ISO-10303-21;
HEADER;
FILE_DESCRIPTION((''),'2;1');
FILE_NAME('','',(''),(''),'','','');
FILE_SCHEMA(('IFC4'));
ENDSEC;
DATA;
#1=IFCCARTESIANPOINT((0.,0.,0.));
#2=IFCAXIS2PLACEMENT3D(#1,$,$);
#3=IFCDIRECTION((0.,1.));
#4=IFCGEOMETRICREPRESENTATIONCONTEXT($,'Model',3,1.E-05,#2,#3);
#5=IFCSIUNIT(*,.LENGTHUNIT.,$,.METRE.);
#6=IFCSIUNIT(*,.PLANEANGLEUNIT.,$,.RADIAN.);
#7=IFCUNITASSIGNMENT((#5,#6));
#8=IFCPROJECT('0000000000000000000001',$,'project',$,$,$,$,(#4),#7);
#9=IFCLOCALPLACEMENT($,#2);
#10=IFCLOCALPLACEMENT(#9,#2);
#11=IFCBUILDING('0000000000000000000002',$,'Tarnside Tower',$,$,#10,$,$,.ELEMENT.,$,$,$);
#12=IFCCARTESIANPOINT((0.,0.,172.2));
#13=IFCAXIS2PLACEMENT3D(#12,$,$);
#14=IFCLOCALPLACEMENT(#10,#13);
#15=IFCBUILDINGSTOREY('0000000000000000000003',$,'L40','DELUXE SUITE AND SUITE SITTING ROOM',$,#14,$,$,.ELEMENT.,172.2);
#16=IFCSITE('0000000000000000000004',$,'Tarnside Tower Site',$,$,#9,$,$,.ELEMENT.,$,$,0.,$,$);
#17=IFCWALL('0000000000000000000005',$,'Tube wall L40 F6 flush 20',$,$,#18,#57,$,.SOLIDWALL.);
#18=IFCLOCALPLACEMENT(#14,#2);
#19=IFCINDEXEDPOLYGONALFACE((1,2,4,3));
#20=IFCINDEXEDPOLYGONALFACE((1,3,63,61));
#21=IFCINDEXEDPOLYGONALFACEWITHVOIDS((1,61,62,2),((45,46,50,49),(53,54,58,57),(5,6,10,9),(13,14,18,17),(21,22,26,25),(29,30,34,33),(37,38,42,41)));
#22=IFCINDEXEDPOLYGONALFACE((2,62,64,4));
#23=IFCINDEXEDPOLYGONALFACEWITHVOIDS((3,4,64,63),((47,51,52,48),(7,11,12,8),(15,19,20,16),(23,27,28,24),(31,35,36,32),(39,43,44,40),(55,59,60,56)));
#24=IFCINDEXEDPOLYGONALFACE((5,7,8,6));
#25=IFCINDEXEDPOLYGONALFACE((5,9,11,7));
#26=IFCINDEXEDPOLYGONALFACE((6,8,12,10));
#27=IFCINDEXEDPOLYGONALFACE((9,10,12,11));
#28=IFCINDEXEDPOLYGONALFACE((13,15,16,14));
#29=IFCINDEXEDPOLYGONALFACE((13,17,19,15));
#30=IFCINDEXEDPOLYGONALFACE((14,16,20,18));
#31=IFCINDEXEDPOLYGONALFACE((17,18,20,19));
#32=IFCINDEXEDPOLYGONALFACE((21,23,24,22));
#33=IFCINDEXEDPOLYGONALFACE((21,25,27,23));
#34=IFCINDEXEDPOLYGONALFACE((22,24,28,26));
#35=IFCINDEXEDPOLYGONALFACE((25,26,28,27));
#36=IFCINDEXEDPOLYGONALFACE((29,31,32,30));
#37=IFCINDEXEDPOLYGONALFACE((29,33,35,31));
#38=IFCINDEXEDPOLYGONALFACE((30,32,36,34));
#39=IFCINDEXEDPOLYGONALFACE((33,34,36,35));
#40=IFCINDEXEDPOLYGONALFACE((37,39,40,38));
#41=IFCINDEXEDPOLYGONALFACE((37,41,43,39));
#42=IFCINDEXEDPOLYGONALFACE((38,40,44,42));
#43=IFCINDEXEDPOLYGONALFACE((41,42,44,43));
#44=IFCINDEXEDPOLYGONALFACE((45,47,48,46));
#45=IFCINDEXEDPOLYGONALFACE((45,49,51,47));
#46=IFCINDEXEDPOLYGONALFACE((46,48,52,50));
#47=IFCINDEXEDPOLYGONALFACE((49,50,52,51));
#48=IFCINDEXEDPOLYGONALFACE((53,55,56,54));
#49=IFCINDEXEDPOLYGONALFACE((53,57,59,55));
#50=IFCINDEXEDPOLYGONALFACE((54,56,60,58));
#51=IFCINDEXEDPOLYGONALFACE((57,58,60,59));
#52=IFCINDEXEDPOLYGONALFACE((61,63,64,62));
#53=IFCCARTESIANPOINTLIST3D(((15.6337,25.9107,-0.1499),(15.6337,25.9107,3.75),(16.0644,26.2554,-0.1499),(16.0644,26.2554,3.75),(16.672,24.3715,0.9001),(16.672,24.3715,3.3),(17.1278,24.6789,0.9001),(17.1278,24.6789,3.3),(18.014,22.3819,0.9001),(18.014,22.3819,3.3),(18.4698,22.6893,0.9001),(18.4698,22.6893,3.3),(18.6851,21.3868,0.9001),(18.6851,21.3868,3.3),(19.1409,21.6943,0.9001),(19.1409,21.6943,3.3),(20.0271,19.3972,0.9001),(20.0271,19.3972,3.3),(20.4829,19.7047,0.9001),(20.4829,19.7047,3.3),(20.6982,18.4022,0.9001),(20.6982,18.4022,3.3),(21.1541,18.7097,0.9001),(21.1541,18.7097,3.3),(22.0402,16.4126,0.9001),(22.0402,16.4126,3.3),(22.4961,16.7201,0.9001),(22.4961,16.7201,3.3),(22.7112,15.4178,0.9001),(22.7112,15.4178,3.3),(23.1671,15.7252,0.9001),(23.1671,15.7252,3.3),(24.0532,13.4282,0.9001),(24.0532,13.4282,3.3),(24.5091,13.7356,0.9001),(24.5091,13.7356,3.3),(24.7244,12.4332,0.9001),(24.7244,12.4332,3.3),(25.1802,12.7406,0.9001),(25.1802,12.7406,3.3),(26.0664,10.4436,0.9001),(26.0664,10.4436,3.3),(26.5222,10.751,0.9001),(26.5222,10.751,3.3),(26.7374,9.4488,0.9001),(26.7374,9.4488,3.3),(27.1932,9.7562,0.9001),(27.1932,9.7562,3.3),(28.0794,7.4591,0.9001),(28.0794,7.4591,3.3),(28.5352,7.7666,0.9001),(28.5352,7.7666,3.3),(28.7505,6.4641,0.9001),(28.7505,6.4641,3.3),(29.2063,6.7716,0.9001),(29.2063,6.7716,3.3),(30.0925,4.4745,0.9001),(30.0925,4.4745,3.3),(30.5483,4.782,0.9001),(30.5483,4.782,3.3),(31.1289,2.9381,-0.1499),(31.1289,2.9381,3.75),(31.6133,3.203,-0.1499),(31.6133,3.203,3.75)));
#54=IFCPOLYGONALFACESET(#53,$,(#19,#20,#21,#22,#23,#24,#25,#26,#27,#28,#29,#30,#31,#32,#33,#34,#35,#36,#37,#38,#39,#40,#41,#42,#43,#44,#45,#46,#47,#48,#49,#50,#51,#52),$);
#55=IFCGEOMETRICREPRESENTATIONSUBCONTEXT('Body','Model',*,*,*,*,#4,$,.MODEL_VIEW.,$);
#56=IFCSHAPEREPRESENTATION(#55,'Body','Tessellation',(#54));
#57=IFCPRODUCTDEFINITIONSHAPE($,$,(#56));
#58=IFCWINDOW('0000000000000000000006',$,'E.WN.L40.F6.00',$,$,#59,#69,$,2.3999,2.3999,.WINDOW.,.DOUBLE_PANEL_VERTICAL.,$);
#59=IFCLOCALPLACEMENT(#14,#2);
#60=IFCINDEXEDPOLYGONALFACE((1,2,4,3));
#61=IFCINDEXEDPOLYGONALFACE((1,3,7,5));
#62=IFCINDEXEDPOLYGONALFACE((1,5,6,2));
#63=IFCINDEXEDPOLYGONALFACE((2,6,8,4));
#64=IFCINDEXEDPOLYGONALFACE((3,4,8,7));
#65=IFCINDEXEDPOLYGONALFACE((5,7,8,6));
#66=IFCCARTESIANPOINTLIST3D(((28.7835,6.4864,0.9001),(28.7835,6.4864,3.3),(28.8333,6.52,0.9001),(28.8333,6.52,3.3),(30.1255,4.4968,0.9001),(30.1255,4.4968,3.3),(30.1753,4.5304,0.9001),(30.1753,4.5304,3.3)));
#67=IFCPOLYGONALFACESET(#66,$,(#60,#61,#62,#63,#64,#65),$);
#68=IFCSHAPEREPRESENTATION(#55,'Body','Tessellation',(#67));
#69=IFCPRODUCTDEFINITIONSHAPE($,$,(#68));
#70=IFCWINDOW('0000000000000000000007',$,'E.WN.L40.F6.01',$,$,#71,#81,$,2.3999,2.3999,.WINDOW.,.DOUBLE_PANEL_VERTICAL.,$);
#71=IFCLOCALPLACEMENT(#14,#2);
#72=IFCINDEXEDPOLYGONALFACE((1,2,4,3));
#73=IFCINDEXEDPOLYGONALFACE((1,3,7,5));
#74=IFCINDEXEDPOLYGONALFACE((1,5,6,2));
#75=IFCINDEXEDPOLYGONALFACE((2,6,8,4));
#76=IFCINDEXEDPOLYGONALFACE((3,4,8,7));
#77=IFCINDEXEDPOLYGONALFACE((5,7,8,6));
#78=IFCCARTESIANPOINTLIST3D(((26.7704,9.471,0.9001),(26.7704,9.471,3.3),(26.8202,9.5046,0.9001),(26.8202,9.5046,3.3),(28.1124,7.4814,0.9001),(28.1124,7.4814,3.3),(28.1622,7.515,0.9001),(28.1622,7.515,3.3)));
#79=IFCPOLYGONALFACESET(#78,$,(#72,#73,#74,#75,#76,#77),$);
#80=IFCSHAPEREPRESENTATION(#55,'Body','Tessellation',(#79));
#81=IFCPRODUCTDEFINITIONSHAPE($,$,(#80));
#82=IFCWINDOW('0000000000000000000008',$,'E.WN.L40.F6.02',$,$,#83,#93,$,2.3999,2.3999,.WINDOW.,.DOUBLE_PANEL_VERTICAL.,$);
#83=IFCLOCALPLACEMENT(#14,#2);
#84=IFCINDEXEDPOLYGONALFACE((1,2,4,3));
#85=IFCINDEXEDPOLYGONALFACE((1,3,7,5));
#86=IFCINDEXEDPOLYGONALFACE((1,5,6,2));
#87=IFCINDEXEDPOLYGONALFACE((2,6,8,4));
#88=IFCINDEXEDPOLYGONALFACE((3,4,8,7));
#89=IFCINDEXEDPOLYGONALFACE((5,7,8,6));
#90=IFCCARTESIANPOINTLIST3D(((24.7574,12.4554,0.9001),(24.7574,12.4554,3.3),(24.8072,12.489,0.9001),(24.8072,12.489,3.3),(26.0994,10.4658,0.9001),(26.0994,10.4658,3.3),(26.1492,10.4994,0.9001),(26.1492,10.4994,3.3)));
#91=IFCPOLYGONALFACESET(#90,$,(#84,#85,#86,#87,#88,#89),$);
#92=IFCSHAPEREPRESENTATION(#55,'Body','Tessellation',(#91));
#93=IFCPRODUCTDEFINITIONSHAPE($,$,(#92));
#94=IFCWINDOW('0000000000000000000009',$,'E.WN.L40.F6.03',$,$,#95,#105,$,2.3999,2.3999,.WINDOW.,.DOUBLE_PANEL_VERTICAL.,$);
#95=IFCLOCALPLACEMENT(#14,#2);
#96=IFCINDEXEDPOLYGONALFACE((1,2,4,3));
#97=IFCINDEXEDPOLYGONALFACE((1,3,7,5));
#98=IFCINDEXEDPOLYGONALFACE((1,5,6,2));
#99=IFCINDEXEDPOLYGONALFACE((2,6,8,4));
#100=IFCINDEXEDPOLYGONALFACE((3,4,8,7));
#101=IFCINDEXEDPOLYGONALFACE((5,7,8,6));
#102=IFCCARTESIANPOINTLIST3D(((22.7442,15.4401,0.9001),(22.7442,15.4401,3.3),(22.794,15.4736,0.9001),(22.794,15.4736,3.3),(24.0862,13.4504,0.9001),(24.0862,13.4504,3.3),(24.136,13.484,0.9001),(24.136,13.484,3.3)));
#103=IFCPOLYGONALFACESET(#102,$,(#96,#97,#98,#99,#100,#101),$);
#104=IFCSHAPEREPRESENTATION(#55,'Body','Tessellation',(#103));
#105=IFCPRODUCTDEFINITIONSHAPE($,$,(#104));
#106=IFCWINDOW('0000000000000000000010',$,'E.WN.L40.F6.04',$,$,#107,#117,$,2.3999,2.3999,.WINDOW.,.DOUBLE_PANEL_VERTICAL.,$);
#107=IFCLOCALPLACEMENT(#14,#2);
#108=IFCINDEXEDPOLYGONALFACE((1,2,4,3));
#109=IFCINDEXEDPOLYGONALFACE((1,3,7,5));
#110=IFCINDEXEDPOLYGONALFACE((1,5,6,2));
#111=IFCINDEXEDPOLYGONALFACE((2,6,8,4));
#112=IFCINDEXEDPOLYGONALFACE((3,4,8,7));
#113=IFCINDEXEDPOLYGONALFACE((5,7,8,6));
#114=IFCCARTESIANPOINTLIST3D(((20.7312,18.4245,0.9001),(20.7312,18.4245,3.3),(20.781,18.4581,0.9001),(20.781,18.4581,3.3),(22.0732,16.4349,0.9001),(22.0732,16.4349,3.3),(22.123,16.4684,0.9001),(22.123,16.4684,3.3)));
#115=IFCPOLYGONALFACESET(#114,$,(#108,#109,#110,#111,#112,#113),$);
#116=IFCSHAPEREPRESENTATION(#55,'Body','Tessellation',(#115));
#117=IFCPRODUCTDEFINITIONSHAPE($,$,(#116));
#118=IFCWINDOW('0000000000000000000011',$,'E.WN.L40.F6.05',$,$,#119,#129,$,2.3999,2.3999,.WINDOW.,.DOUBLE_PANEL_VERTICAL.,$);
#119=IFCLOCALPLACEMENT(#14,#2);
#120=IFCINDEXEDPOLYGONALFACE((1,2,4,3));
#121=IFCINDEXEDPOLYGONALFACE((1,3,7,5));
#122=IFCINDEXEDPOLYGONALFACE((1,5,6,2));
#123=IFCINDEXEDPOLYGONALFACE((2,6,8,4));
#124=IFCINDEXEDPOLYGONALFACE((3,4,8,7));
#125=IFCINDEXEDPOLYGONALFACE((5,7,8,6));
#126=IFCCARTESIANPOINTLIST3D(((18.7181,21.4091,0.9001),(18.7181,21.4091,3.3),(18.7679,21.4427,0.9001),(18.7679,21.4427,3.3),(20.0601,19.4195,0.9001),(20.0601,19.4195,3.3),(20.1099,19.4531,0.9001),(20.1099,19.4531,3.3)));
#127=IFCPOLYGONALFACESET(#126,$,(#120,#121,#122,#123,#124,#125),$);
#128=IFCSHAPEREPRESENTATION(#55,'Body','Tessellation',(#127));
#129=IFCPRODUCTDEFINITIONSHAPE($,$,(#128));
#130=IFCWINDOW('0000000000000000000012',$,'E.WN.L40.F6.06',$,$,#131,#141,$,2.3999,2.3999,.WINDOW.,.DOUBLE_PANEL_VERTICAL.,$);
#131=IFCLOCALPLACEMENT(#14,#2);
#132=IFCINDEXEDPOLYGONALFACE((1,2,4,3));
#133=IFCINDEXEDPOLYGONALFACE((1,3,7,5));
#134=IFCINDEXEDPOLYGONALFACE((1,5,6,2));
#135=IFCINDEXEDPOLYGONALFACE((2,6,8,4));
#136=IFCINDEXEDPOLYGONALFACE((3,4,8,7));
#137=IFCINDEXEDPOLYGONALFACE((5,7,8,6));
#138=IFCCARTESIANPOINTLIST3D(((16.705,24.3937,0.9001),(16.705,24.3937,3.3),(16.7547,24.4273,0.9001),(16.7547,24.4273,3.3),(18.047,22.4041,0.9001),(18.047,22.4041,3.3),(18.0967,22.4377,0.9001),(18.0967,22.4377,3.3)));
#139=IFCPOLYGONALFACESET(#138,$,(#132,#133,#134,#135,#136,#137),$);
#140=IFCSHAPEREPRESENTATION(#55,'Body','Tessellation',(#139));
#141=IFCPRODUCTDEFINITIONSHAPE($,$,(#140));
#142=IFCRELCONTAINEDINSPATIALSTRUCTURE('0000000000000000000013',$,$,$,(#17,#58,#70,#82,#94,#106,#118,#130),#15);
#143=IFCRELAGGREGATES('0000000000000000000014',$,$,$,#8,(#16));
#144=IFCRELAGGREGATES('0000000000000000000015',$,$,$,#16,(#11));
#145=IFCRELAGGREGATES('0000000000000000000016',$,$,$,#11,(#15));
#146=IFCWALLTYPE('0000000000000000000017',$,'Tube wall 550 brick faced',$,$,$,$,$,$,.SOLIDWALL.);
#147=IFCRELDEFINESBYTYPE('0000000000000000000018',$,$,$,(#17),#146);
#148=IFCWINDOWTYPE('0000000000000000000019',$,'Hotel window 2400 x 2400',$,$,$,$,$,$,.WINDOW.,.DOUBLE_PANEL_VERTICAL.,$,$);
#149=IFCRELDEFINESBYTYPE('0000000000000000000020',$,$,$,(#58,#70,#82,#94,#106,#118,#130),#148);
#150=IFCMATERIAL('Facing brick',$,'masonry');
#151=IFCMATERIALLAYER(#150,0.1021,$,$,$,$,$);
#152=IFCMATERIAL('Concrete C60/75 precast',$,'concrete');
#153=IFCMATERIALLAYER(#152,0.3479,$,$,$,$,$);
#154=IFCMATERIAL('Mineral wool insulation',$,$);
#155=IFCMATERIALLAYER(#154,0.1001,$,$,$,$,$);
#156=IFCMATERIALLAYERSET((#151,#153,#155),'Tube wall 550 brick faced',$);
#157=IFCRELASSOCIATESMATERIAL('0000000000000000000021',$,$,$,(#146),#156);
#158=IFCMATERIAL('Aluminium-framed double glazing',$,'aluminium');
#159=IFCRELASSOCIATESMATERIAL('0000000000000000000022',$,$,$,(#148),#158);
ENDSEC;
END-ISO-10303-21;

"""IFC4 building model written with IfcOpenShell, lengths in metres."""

from ifc_helpers import new_model, si_unit, direction, frame, frame_2d, origin, place, context, subcontext, project, spatial, polyline, rectangle, outline, extrude, material, layer, layer_set, type_object, element, fill, save


model = new_model("IFC4")

# Units and contexts
model_context = context("Model", 3, precision=1e-05, world=origin(), true_north=direction((0.0, 1.0)))
body_context = subcontext(model_context, "Body", "Model", "MODEL_VIEW")
ifc_project = project(units=[si_unit("LENGTHUNIT", "METRE"), si_unit("PLANEANGLEUNIT", "RADIAN")], contexts=[model_context])

# Site, building, storey
site_placement = place(None, origin())
site = spatial("IfcSite", under=ifc_project, at=site_placement, Name="Tarnside Tower Site", CompositionType="ELEMENT", RefElevation=0.0)
building_placement = place(site_placement, origin())
building = spatial("IfcBuilding", under=site, at=building_placement, Name="Tarnside Tower", CompositionType="ELEMENT")
storey_placement = place(building_placement, frame((0.0, 0.0, 172.2)))
storey = spatial("IfcBuildingStorey", under=building, at=storey_placement, Name="L40", Description="DELUXE SUITE AND SUITE SITTING ROOM", CompositionType="ELEMENT", Elevation=172.2)

# Shared definitions
ifc_material_1 = material(Name="Facing brick", Category="masonry")
ifc_layer_1 = layer(ifc_material_1, 0.1021)
ifc_material_2 = material(Name="Concrete C60/75 precast", Category="concrete")
ifc_layer_2 = layer(ifc_material_2, 0.3479)
ifc_material_3 = material(Name="Mineral wool insulation")
ifc_layer_3 = layer(ifc_material_3, 0.1001)
ifc_layer_set_1 = layer_set([ifc_layer_1, ifc_layer_2, ifc_layer_3], Name="Tube wall 550 brick faced")
wall_type_1 = type_object("IfcWallType", Name="Tube wall 550 brick faced", PredefinedType="SOLIDWALL", material=ifc_layer_set_1)

# Wall, openings, windows
wall_1_placement = place(storey_placement, frame((31.3711, 3.0706, -0.1499), z_axis=(0.0, 0.0, 1.0), x_axis=(-0.55919, 0.82904, 0.0)))
wall_1 = element("IfcWall", 1, at=wall_1_placement, inside=storey, type_object=wall_type_1, Name="Tube wall L40 F6 flush 20", PredefinedType="SOLIDWALL", context=body_context, shape_type="SweptSolid", body=[
    extrude(outline(polyline([(-0.0256, -0.2749), (27.7805, -0.2749), (27.7356, 0.2749), (0.0256, 0.2749), (-0.0256, -0.2749)])), origin(), (0.0, 0.0, 1.0), 3.8999),
])
opening_1_placement = place(wall_1_placement, frame((1.8789, 0.0, 1.05)))
opening_1 = element("IfcOpeningElement", 2, at=opening_1_placement, cuts=wall_1, PredefinedType="OPENING", context=body_context, shape_type="SweptSolid", body=[
    extrude(rectangle(XDim=2.3999, YDim=2.3999, at=frame_2d((1.2, 1.2))), frame((0.0, 0.2852, 0.0), z_axis=(0.0, -1.0, 0.0), x_axis=(1.0, 0.0, 0.0)), (0.0, 0.0, 1.0), 0.5701),
])
opening_2_placement = place(wall_1_placement, frame((5.479, 0.0, 1.05)))
opening_2 = element("IfcOpeningElement", 3, at=opening_2_placement, cuts=wall_1, PredefinedType="OPENING", context=body_context, shape_type="SweptSolid", body=[
    extrude(rectangle(XDim=2.3999, YDim=2.3999, at=frame_2d((1.2, 1.2))), frame((0.0, 0.2852, 0.0), z_axis=(0.0, -1.0, 0.0), x_axis=(1.0, 0.0, 0.0)), (0.0, 0.0, 1.0), 0.5701),
])
opening_3_placement = place(wall_1_placement, frame((9.0789, 0.0, 1.05)))
opening_3 = element("IfcOpeningElement", 4, at=opening_3_placement, cuts=wall_1, PredefinedType="OPENING", context=body_context, shape_type="SweptSolid", body=[
    extrude(rectangle(XDim=2.3999, YDim=2.3999, at=frame_2d((1.2, 1.2))), frame((0.0, 0.2852, 0.0), z_axis=(0.0, -1.0, 0.0), x_axis=(1.0, 0.0, 0.0)), (0.0, 0.0, 1.0), 0.5701),
])
opening_4_placement = place(wall_1_placement, frame((12.679, 0.0, 1.05)))
opening_4 = element("IfcOpeningElement", 5, at=opening_4_placement, cuts=wall_1, PredefinedType="OPENING", context=body_context, shape_type="SweptSolid", body=[
    extrude(rectangle(XDim=2.3999, YDim=2.3999, at=frame_2d((1.2, 1.2))), frame((0.0, 0.2852, 0.0), z_axis=(0.0, -1.0, 0.0), x_axis=(1.0, 0.0, 0.0)), (0.0, 0.0, 1.0), 0.5701),
])
opening_5_placement = place(wall_1_placement, frame((16.2788, 0.0, 1.05)))
opening_5 = element("IfcOpeningElement", 6, at=opening_5_placement, cuts=wall_1, PredefinedType="OPENING", context=body_context, shape_type="SweptSolid", body=[
    extrude(rectangle(XDim=2.3999, YDim=2.3999, at=frame_2d((1.2, 1.2))), frame((0.0, 0.2852, 0.0), z_axis=(0.0, -1.0, 0.0), x_axis=(1.0, 0.0, 0.0)), (0.0, 0.0, 1.0), 0.5701),
])
opening_6_placement = place(wall_1_placement, frame((19.8789, 0.0, 1.05)))
opening_6 = element("IfcOpeningElement", 7, at=opening_6_placement, cuts=wall_1, PredefinedType="OPENING", context=body_context, shape_type="SweptSolid", body=[
    extrude(rectangle(XDim=2.3999, YDim=2.3999, at=frame_2d((1.2, 1.2))), frame((0.0, 0.2852, 0.0), z_axis=(0.0, -1.0, 0.0), x_axis=(1.0, 0.0, 0.0)), (0.0, 0.0, 1.0), 0.5701),
])
opening_7_placement = place(wall_1_placement, frame((23.479, 0.0, 1.05)))
opening_7 = element("IfcOpeningElement", 8, at=opening_7_placement, cuts=wall_1, PredefinedType="OPENING", context=body_context, shape_type="SweptSolid", body=[
    extrude(rectangle(XDim=2.3999, YDim=2.3999, at=frame_2d((1.2, 1.2))), frame((0.0, 0.2852, 0.0), z_axis=(0.0, -1.0, 0.0), x_axis=(1.0, 0.0, 0.0)), (0.0, 0.0, 1.0), 0.5701),
])
ifc_material_4 = material(Name="Aluminium-framed double glazing", Category="aluminium")
window_type = type_object("IfcWindowType", Name="Hotel window 2400 x 2400", PartitioningType="DOUBLE_PANEL_VERTICAL", PredefinedType="WINDOW", material=ifc_material_4)
window_1_placement = place(opening_1_placement, frame((0.0, 0.2051, 0.0)))
window_1 = element("IfcWindow", 9, at=window_1_placement, inside=storey, type_object=window_type, Name="E.WN.L40.F6.00", OverallHeight=2.3999, OverallWidth=2.3999, PartitioningType="DOUBLE_PANEL_VERTICAL", PredefinedType="WINDOW", context=body_context, shape_type="SweptSolid", body=[
    extrude(rectangle(XDim=2.3999, YDim=2.3999, at=frame_2d((1.2, 1.2))), frame((0.0, 0.03, 0.0), z_axis=(0.0, -1.0, 0.0), x_axis=(1.0, 0.0, 0.0)), (0.0, 0.0, 1.0), 0.0601),
])
fill(opening_1, window_1)
window_2_placement = place(opening_2_placement, frame((0.0, 0.2051, 0.0)))
window_2 = element("IfcWindow", 10, at=window_2_placement, inside=storey, type_object=window_type, Name="E.WN.L40.F6.01", OverallHeight=2.3999, OverallWidth=2.3999, PartitioningType="DOUBLE_PANEL_VERTICAL", PredefinedType="WINDOW", context=body_context, shape_type="SweptSolid", body=[
    extrude(rectangle(XDim=2.3999, YDim=2.3999, at=frame_2d((1.2, 1.2))), frame((0.0, 0.03, 0.0), z_axis=(0.0, -1.0, 0.0), x_axis=(1.0, 0.0, 0.0)), (0.0, 0.0, 1.0), 0.0601),
])
fill(opening_2, window_2)
window_3_placement = place(opening_3_placement, frame((0.0, 0.2051, 0.0)))
window_3 = element("IfcWindow", 11, at=window_3_placement, inside=storey, type_object=window_type, Name="E.WN.L40.F6.02", OverallHeight=2.3999, OverallWidth=2.3999, PartitioningType="DOUBLE_PANEL_VERTICAL", PredefinedType="WINDOW", context=body_context, shape_type="SweptSolid", body=[
    extrude(rectangle(XDim=2.3999, YDim=2.3999, at=frame_2d((1.2, 1.2))), frame((0.0, 0.03, 0.0), z_axis=(0.0, -1.0, 0.0), x_axis=(1.0, 0.0, 0.0)), (0.0, 0.0, 1.0), 0.0601),
])
fill(opening_3, window_3)
window_4_placement = place(opening_4_placement, frame((0.0, 0.2051, 0.0)))
window_4 = element("IfcWindow", 12, at=window_4_placement, inside=storey, type_object=window_type, Name="E.WN.L40.F6.03", OverallHeight=2.3999, OverallWidth=2.3999, PartitioningType="DOUBLE_PANEL_VERTICAL", PredefinedType="WINDOW", context=body_context, shape_type="SweptSolid", body=[
    extrude(rectangle(XDim=2.3999, YDim=2.3999, at=frame_2d((1.2, 1.2))), frame((0.0, 0.03, 0.0), z_axis=(0.0, -1.0, 0.0), x_axis=(1.0, 0.0, 0.0)), (0.0, 0.0, 1.0), 0.0601),
])
fill(opening_4, window_4)
window_5_placement = place(opening_5_placement, frame((0.0, 0.2051, 0.0)))
window_5 = element("IfcWindow", 13, at=window_5_placement, inside=storey, type_object=window_type, Name="E.WN.L40.F6.04", OverallHeight=2.3999, OverallWidth=2.3999, PartitioningType="DOUBLE_PANEL_VERTICAL", PredefinedType="WINDOW", context=body_context, shape_type="SweptSolid", body=[
    extrude(rectangle(XDim=2.3999, YDim=2.3999, at=frame_2d((1.2, 1.2))), frame((0.0, 0.03, 0.0), z_axis=(0.0, -1.0, 0.0), x_axis=(1.0, 0.0, 0.0)), (0.0, 0.0, 1.0), 0.0601),
])
fill(opening_5, window_5)
window_6_placement = place(opening_6_placement, frame((0.0, 0.2051, 0.0)))
window_6 = element("IfcWindow", 14, at=window_6_placement, inside=storey, type_object=window_type, Name="E.WN.L40.F6.05", OverallHeight=2.3999, OverallWidth=2.3999, PartitioningType="DOUBLE_PANEL_VERTICAL", PredefinedType="WINDOW", context=body_context, shape_type="SweptSolid", body=[
    extrude(rectangle(XDim=2.3999, YDim=2.3999, at=frame_2d((1.2, 1.2))), frame((0.0, 0.03, 0.0), z_axis=(0.0, -1.0, 0.0), x_axis=(1.0, 0.0, 0.0)), (0.0, 0.0, 1.0), 0.0601),
])
fill(opening_6, window_6)
window_7_placement = place(opening_7_placement, frame((0.0, 0.2051, 0.0)))
window_7 = element("IfcWindow", 15, at=window_7_placement, inside=storey, type_object=window_type, Name="E.WN.L40.F6.06", OverallHeight=2.3999, OverallWidth=2.3999, PartitioningType="DOUBLE_PANEL_VERTICAL", PredefinedType="WINDOW", context=body_context, shape_type="SweptSolid", body=[
    extrude(rectangle(XDim=2.3999, YDim=2.3999, at=frame_2d((1.2, 1.2))), frame((0.0, 0.03, 0.0), z_axis=(0.0, -1.0, 0.0), x_axis=(1.0, 0.0, 0.0)), (0.0, 0.0, 1.0), 0.0601),
])
fill(opening_7, window_7)

save(model, "model.ifc")
